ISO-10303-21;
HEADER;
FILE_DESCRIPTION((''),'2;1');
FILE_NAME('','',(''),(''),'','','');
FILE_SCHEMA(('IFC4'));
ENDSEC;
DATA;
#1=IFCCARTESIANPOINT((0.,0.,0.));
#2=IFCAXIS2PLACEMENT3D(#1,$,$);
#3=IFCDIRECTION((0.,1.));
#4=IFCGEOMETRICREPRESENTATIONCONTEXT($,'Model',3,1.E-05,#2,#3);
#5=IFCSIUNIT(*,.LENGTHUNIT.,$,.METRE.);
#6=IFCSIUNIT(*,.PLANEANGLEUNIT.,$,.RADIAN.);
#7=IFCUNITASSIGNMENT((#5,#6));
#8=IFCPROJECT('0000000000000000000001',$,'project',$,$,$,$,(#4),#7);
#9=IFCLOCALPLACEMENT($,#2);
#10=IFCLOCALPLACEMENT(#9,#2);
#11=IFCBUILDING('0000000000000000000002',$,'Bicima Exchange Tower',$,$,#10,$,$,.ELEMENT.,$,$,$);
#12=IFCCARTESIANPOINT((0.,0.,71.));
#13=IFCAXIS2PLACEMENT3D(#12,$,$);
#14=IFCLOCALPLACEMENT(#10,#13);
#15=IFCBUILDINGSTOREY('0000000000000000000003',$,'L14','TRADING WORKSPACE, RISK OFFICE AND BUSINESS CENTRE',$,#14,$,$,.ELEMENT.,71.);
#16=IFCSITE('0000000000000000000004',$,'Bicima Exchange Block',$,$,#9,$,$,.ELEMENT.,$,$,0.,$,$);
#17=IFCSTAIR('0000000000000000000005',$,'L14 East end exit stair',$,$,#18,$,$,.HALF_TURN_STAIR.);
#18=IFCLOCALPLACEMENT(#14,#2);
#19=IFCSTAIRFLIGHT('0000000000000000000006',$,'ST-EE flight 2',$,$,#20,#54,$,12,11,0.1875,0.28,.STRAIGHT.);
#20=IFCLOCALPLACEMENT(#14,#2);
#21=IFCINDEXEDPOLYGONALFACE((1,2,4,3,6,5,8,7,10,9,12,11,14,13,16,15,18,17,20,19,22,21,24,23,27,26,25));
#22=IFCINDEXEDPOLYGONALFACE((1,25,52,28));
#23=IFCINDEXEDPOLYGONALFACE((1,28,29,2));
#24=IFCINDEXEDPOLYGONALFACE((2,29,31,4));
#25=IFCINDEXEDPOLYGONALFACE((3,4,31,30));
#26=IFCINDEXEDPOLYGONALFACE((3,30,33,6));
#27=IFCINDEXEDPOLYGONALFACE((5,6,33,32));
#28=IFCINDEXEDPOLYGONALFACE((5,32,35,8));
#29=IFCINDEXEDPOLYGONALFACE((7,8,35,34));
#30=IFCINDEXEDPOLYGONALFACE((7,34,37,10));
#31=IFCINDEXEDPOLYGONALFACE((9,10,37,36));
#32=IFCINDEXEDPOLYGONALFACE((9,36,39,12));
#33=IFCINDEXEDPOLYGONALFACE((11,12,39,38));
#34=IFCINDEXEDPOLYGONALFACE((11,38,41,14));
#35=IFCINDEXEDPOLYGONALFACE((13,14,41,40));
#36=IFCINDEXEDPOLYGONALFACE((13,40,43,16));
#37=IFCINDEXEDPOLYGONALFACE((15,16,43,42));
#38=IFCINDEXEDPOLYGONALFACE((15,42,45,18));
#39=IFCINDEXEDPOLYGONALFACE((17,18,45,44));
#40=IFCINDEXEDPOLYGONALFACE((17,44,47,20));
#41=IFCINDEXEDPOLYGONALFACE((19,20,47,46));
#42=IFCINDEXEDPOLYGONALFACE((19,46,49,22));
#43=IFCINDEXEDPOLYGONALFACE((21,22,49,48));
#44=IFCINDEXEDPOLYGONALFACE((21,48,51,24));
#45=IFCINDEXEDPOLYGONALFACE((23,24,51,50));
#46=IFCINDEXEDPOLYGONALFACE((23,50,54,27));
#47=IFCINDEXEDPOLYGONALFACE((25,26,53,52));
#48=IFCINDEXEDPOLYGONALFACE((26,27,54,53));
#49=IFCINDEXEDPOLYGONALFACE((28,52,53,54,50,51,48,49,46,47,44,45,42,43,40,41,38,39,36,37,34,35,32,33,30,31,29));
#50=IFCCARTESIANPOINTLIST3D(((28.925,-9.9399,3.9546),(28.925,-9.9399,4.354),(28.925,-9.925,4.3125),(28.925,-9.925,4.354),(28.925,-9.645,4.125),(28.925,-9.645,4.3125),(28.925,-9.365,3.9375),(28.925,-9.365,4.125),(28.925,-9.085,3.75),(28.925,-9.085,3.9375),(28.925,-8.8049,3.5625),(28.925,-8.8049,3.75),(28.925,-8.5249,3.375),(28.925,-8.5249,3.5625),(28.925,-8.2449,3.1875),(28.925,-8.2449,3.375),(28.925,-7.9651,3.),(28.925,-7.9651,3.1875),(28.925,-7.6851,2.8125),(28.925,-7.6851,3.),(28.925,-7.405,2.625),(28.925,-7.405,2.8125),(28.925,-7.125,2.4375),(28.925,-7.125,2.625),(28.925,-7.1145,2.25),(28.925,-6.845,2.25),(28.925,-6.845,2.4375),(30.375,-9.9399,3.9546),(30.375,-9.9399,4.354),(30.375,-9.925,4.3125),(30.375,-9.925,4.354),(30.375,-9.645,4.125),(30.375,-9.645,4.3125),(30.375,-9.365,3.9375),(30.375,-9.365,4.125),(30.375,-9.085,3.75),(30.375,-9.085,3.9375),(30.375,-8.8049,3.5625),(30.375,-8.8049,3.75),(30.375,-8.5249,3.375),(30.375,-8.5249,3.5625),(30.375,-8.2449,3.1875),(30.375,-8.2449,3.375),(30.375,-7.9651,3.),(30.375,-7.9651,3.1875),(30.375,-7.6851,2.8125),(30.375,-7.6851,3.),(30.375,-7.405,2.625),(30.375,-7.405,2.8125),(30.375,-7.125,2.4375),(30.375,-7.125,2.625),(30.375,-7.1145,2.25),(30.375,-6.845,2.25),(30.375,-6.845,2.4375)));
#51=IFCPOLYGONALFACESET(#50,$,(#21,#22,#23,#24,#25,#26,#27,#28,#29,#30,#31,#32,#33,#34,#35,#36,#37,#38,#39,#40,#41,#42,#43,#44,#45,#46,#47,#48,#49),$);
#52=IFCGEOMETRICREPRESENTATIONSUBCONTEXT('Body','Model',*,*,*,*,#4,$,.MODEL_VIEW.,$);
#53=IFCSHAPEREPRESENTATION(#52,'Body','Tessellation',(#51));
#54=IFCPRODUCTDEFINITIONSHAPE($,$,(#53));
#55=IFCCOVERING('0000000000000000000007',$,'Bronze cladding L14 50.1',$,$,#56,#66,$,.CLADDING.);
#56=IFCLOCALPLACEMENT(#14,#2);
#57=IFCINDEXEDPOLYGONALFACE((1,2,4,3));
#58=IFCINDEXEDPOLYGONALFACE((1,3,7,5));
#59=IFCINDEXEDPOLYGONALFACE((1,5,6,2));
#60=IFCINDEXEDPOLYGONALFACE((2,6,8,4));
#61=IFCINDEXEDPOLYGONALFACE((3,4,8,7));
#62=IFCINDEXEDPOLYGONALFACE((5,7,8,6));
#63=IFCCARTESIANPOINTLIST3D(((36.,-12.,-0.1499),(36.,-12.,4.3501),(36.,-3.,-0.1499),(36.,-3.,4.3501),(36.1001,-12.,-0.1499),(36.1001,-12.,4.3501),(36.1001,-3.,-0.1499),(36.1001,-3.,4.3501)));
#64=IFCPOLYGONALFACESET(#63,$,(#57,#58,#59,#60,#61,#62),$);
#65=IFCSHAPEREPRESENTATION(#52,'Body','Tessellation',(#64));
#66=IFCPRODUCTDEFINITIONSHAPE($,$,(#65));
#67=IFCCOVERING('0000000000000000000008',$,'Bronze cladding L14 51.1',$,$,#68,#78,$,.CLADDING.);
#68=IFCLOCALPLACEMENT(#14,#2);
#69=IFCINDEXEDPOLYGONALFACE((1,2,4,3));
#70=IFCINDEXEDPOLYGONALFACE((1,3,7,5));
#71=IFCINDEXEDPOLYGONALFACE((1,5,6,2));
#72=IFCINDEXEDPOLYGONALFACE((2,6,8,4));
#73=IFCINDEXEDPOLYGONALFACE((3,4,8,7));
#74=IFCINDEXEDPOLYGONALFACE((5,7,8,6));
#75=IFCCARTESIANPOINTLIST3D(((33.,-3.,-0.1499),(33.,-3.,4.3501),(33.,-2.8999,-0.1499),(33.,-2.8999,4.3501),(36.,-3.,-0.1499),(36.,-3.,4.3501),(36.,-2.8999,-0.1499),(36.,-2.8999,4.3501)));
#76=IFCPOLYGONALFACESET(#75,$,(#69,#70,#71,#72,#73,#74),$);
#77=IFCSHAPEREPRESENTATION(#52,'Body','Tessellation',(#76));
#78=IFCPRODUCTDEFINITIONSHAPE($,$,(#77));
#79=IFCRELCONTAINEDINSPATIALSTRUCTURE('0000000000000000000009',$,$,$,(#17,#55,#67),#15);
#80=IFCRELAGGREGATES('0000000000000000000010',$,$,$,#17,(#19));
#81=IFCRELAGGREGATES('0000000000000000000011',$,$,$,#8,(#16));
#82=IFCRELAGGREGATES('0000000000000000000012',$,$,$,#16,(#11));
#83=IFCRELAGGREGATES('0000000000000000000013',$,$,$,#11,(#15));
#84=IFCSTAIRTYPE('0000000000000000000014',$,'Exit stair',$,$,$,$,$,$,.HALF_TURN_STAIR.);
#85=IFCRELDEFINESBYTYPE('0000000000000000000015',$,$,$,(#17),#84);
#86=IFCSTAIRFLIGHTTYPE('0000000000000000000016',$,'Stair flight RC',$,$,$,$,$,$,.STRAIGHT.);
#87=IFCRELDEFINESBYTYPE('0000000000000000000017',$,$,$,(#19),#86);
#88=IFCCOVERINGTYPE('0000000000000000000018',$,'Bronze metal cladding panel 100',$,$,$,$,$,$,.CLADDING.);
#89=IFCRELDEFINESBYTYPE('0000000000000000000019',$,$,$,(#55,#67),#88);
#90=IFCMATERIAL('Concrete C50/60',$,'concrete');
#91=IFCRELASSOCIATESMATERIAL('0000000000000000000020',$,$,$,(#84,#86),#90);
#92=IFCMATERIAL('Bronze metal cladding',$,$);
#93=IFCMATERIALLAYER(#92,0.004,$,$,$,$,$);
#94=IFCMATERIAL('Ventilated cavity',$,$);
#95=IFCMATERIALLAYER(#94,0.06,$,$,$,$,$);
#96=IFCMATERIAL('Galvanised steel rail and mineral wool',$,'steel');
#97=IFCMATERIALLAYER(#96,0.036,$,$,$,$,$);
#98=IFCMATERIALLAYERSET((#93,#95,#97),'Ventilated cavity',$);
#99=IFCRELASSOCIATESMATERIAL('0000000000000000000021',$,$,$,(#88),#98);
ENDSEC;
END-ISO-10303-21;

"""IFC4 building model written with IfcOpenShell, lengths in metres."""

from ifc_helpers import new_model, si_unit, direction, frame, origin, origin_2d, place, context, subcontext, project, spatial, polyline, rectangle, outline, extrude, material, layer, layer_set, type_object, element, aggregate, save


model = new_model("IFC4")

# Units and contexts
model_context = context("Model", 3, precision=1e-05, world=origin(), true_north=direction((0.0, 1.0)))
body_context = subcontext(model_context, "Body", "Model", "MODEL_VIEW")
ifc_project = project(units=[si_unit("LENGTHUNIT", "METRE"), si_unit("PLANEANGLEUNIT", "RADIAN")], contexts=[model_context])

# Site, building, storey
site_placement = place(None, origin())
site = spatial("IfcSite", under=ifc_project, at=site_placement, Name="Bicima Exchange Block", CompositionType="ELEMENT", RefElevation=0.0)
building_placement = place(site_placement, origin())
building = spatial("IfcBuilding", under=site, at=building_placement, Name="Bicima Exchange Tower", CompositionType="ELEMENT")
storey_placement = place(building_placement, frame((0.0, 0.0, 71.0)))
storey = spatial("IfcBuildingStorey", under=building, at=storey_placement, Name="L14", Description="TRADING WORKSPACE, RISK OFFICE AND BUSINESS CENTRE", CompositionType="ELEMENT", Elevation=71.0)

# Shared definitions
ifc_material_1 = material(Name="Concrete C50/60", Category="concrete")

# Stair, stair flight
stair_type = type_object("IfcStairType", Name="Exit stair", PredefinedType="HALF_TURN_STAIR", material=ifc_material_1)
stair_placement = place(storey_placement, origin())
stair = element("IfcStair", 1, at=stair_placement, inside=storey, type_object=stair_type, Name="L14 East end exit stair", PredefinedType="HALF_TURN_STAIR")
stair_flight_type = type_object("IfcStairFlightType", Name="Stair flight RC", PredefinedType="STRAIGHT", material=ifc_material_1)
stair_flight_1_placement = place(storey_placement, frame((29.6499, -6.845, 2.25), z_axis=(0.0, 0.0, 1.0), x_axis=(0.0, -1.0, 0.0)))
stair_flight_1 = element("IfcStairFlight", 2, at=stair_flight_1_placement, type_object=stair_flight_type, Name="ST-EE flight 2", NumberOfRisers=12, NumberOfTreads=11, PredefinedType="STRAIGHT", RiserHeight=0.1875, TreadLength=0.28, context=body_context, shape_type="SweptSolid", body=[
    extrude(outline(polyline([(0.0, 0.0), (0.0, 0.1875), (0.28, 0.1875), (0.28, 0.375), (0.5601, 0.375), (0.5601, 0.5625), (0.8401, 0.5625), (0.8401, 0.75), (1.1201, 0.75), (1.1201, 0.9375), (1.3999, 0.9375), (1.3999, 1.125), (1.6799, 1.125), (1.6799, 1.3125), (1.96, 1.3125), (1.96, 1.5), (2.24, 1.5), (2.24, 1.6875), (2.52, 1.6875), (2.52, 1.875), (2.8, 1.875), (2.8, 2.0625), (3.0801, 2.0625), (3.0801, 2.104), (3.095, 2.104), (3.095, 1.7046), (0.2695, 0.0), (0.0, 0.0)])), frame((0.0, 0.7251, 0.0), z_axis=(0.0, -1.0, 0.0), x_axis=(1.0, 0.0, 0.0)), (0.0, 0.0, 1.0), 1.45),
])
aggregate(stair, [stair_flight_1])

# Coverings
ifc_material_2 = material(Name="Bronze metal cladding")
ifc_layer_1 = layer(ifc_material_2, 0.004)
ifc_material_3 = material(Name="Ventilated cavity")
ifc_layer_2 = layer(ifc_material_3, 0.06)
ifc_material_4 = material(Name="Galvanised steel rail and mineral wool", Category="steel")
ifc_layer_3 = layer(ifc_material_4, 0.036)
ifc_layer_set_1 = layer_set([ifc_layer_1, ifc_layer_2, ifc_layer_3], Name="Ventilated cavity")
covering_type = type_object("IfcCoveringType", Name="Bronze metal cladding panel 100", PredefinedType="CLADDING", material=ifc_layer_set_1)
covering_1_placement = place(storey_placement, frame((36.05, -7.5, -0.1499), z_axis=(0.0, 0.0, 1.0), x_axis=(0.0, 1.0, 0.0)))
element("IfcCovering", 3, at=covering_1_placement, inside=storey, type_object=covering_type, Name="Bronze cladding L14 50.1", PredefinedType="CLADDING", context=body_context, shape_type="SweptSolid", body=[
    extrude(rectangle(XDim=9.0, YDim=0.1001, at=origin_2d()), origin(), (0.0, 0.0, 1.0), 4.5),
])
covering_2_placement = place(storey_placement, frame((34.5, -2.95, -0.1499), z_axis=(0.0, 0.0, 1.0), x_axis=(-1.0, 0.0, 0.0)))
element("IfcCovering", 4, at=covering_2_placement, inside=storey, type_object=covering_type, Name="Bronze cladding L14 51.1", PredefinedType="CLADDING", context=body_context, shape_type="SweptSolid", body=[
    extrude(rectangle(XDim=3.0, YDim=0.1001, at=origin_2d()), origin(), (0.0, 0.0, 1.0), 4.5),
])

save(model, "model.ifc")
